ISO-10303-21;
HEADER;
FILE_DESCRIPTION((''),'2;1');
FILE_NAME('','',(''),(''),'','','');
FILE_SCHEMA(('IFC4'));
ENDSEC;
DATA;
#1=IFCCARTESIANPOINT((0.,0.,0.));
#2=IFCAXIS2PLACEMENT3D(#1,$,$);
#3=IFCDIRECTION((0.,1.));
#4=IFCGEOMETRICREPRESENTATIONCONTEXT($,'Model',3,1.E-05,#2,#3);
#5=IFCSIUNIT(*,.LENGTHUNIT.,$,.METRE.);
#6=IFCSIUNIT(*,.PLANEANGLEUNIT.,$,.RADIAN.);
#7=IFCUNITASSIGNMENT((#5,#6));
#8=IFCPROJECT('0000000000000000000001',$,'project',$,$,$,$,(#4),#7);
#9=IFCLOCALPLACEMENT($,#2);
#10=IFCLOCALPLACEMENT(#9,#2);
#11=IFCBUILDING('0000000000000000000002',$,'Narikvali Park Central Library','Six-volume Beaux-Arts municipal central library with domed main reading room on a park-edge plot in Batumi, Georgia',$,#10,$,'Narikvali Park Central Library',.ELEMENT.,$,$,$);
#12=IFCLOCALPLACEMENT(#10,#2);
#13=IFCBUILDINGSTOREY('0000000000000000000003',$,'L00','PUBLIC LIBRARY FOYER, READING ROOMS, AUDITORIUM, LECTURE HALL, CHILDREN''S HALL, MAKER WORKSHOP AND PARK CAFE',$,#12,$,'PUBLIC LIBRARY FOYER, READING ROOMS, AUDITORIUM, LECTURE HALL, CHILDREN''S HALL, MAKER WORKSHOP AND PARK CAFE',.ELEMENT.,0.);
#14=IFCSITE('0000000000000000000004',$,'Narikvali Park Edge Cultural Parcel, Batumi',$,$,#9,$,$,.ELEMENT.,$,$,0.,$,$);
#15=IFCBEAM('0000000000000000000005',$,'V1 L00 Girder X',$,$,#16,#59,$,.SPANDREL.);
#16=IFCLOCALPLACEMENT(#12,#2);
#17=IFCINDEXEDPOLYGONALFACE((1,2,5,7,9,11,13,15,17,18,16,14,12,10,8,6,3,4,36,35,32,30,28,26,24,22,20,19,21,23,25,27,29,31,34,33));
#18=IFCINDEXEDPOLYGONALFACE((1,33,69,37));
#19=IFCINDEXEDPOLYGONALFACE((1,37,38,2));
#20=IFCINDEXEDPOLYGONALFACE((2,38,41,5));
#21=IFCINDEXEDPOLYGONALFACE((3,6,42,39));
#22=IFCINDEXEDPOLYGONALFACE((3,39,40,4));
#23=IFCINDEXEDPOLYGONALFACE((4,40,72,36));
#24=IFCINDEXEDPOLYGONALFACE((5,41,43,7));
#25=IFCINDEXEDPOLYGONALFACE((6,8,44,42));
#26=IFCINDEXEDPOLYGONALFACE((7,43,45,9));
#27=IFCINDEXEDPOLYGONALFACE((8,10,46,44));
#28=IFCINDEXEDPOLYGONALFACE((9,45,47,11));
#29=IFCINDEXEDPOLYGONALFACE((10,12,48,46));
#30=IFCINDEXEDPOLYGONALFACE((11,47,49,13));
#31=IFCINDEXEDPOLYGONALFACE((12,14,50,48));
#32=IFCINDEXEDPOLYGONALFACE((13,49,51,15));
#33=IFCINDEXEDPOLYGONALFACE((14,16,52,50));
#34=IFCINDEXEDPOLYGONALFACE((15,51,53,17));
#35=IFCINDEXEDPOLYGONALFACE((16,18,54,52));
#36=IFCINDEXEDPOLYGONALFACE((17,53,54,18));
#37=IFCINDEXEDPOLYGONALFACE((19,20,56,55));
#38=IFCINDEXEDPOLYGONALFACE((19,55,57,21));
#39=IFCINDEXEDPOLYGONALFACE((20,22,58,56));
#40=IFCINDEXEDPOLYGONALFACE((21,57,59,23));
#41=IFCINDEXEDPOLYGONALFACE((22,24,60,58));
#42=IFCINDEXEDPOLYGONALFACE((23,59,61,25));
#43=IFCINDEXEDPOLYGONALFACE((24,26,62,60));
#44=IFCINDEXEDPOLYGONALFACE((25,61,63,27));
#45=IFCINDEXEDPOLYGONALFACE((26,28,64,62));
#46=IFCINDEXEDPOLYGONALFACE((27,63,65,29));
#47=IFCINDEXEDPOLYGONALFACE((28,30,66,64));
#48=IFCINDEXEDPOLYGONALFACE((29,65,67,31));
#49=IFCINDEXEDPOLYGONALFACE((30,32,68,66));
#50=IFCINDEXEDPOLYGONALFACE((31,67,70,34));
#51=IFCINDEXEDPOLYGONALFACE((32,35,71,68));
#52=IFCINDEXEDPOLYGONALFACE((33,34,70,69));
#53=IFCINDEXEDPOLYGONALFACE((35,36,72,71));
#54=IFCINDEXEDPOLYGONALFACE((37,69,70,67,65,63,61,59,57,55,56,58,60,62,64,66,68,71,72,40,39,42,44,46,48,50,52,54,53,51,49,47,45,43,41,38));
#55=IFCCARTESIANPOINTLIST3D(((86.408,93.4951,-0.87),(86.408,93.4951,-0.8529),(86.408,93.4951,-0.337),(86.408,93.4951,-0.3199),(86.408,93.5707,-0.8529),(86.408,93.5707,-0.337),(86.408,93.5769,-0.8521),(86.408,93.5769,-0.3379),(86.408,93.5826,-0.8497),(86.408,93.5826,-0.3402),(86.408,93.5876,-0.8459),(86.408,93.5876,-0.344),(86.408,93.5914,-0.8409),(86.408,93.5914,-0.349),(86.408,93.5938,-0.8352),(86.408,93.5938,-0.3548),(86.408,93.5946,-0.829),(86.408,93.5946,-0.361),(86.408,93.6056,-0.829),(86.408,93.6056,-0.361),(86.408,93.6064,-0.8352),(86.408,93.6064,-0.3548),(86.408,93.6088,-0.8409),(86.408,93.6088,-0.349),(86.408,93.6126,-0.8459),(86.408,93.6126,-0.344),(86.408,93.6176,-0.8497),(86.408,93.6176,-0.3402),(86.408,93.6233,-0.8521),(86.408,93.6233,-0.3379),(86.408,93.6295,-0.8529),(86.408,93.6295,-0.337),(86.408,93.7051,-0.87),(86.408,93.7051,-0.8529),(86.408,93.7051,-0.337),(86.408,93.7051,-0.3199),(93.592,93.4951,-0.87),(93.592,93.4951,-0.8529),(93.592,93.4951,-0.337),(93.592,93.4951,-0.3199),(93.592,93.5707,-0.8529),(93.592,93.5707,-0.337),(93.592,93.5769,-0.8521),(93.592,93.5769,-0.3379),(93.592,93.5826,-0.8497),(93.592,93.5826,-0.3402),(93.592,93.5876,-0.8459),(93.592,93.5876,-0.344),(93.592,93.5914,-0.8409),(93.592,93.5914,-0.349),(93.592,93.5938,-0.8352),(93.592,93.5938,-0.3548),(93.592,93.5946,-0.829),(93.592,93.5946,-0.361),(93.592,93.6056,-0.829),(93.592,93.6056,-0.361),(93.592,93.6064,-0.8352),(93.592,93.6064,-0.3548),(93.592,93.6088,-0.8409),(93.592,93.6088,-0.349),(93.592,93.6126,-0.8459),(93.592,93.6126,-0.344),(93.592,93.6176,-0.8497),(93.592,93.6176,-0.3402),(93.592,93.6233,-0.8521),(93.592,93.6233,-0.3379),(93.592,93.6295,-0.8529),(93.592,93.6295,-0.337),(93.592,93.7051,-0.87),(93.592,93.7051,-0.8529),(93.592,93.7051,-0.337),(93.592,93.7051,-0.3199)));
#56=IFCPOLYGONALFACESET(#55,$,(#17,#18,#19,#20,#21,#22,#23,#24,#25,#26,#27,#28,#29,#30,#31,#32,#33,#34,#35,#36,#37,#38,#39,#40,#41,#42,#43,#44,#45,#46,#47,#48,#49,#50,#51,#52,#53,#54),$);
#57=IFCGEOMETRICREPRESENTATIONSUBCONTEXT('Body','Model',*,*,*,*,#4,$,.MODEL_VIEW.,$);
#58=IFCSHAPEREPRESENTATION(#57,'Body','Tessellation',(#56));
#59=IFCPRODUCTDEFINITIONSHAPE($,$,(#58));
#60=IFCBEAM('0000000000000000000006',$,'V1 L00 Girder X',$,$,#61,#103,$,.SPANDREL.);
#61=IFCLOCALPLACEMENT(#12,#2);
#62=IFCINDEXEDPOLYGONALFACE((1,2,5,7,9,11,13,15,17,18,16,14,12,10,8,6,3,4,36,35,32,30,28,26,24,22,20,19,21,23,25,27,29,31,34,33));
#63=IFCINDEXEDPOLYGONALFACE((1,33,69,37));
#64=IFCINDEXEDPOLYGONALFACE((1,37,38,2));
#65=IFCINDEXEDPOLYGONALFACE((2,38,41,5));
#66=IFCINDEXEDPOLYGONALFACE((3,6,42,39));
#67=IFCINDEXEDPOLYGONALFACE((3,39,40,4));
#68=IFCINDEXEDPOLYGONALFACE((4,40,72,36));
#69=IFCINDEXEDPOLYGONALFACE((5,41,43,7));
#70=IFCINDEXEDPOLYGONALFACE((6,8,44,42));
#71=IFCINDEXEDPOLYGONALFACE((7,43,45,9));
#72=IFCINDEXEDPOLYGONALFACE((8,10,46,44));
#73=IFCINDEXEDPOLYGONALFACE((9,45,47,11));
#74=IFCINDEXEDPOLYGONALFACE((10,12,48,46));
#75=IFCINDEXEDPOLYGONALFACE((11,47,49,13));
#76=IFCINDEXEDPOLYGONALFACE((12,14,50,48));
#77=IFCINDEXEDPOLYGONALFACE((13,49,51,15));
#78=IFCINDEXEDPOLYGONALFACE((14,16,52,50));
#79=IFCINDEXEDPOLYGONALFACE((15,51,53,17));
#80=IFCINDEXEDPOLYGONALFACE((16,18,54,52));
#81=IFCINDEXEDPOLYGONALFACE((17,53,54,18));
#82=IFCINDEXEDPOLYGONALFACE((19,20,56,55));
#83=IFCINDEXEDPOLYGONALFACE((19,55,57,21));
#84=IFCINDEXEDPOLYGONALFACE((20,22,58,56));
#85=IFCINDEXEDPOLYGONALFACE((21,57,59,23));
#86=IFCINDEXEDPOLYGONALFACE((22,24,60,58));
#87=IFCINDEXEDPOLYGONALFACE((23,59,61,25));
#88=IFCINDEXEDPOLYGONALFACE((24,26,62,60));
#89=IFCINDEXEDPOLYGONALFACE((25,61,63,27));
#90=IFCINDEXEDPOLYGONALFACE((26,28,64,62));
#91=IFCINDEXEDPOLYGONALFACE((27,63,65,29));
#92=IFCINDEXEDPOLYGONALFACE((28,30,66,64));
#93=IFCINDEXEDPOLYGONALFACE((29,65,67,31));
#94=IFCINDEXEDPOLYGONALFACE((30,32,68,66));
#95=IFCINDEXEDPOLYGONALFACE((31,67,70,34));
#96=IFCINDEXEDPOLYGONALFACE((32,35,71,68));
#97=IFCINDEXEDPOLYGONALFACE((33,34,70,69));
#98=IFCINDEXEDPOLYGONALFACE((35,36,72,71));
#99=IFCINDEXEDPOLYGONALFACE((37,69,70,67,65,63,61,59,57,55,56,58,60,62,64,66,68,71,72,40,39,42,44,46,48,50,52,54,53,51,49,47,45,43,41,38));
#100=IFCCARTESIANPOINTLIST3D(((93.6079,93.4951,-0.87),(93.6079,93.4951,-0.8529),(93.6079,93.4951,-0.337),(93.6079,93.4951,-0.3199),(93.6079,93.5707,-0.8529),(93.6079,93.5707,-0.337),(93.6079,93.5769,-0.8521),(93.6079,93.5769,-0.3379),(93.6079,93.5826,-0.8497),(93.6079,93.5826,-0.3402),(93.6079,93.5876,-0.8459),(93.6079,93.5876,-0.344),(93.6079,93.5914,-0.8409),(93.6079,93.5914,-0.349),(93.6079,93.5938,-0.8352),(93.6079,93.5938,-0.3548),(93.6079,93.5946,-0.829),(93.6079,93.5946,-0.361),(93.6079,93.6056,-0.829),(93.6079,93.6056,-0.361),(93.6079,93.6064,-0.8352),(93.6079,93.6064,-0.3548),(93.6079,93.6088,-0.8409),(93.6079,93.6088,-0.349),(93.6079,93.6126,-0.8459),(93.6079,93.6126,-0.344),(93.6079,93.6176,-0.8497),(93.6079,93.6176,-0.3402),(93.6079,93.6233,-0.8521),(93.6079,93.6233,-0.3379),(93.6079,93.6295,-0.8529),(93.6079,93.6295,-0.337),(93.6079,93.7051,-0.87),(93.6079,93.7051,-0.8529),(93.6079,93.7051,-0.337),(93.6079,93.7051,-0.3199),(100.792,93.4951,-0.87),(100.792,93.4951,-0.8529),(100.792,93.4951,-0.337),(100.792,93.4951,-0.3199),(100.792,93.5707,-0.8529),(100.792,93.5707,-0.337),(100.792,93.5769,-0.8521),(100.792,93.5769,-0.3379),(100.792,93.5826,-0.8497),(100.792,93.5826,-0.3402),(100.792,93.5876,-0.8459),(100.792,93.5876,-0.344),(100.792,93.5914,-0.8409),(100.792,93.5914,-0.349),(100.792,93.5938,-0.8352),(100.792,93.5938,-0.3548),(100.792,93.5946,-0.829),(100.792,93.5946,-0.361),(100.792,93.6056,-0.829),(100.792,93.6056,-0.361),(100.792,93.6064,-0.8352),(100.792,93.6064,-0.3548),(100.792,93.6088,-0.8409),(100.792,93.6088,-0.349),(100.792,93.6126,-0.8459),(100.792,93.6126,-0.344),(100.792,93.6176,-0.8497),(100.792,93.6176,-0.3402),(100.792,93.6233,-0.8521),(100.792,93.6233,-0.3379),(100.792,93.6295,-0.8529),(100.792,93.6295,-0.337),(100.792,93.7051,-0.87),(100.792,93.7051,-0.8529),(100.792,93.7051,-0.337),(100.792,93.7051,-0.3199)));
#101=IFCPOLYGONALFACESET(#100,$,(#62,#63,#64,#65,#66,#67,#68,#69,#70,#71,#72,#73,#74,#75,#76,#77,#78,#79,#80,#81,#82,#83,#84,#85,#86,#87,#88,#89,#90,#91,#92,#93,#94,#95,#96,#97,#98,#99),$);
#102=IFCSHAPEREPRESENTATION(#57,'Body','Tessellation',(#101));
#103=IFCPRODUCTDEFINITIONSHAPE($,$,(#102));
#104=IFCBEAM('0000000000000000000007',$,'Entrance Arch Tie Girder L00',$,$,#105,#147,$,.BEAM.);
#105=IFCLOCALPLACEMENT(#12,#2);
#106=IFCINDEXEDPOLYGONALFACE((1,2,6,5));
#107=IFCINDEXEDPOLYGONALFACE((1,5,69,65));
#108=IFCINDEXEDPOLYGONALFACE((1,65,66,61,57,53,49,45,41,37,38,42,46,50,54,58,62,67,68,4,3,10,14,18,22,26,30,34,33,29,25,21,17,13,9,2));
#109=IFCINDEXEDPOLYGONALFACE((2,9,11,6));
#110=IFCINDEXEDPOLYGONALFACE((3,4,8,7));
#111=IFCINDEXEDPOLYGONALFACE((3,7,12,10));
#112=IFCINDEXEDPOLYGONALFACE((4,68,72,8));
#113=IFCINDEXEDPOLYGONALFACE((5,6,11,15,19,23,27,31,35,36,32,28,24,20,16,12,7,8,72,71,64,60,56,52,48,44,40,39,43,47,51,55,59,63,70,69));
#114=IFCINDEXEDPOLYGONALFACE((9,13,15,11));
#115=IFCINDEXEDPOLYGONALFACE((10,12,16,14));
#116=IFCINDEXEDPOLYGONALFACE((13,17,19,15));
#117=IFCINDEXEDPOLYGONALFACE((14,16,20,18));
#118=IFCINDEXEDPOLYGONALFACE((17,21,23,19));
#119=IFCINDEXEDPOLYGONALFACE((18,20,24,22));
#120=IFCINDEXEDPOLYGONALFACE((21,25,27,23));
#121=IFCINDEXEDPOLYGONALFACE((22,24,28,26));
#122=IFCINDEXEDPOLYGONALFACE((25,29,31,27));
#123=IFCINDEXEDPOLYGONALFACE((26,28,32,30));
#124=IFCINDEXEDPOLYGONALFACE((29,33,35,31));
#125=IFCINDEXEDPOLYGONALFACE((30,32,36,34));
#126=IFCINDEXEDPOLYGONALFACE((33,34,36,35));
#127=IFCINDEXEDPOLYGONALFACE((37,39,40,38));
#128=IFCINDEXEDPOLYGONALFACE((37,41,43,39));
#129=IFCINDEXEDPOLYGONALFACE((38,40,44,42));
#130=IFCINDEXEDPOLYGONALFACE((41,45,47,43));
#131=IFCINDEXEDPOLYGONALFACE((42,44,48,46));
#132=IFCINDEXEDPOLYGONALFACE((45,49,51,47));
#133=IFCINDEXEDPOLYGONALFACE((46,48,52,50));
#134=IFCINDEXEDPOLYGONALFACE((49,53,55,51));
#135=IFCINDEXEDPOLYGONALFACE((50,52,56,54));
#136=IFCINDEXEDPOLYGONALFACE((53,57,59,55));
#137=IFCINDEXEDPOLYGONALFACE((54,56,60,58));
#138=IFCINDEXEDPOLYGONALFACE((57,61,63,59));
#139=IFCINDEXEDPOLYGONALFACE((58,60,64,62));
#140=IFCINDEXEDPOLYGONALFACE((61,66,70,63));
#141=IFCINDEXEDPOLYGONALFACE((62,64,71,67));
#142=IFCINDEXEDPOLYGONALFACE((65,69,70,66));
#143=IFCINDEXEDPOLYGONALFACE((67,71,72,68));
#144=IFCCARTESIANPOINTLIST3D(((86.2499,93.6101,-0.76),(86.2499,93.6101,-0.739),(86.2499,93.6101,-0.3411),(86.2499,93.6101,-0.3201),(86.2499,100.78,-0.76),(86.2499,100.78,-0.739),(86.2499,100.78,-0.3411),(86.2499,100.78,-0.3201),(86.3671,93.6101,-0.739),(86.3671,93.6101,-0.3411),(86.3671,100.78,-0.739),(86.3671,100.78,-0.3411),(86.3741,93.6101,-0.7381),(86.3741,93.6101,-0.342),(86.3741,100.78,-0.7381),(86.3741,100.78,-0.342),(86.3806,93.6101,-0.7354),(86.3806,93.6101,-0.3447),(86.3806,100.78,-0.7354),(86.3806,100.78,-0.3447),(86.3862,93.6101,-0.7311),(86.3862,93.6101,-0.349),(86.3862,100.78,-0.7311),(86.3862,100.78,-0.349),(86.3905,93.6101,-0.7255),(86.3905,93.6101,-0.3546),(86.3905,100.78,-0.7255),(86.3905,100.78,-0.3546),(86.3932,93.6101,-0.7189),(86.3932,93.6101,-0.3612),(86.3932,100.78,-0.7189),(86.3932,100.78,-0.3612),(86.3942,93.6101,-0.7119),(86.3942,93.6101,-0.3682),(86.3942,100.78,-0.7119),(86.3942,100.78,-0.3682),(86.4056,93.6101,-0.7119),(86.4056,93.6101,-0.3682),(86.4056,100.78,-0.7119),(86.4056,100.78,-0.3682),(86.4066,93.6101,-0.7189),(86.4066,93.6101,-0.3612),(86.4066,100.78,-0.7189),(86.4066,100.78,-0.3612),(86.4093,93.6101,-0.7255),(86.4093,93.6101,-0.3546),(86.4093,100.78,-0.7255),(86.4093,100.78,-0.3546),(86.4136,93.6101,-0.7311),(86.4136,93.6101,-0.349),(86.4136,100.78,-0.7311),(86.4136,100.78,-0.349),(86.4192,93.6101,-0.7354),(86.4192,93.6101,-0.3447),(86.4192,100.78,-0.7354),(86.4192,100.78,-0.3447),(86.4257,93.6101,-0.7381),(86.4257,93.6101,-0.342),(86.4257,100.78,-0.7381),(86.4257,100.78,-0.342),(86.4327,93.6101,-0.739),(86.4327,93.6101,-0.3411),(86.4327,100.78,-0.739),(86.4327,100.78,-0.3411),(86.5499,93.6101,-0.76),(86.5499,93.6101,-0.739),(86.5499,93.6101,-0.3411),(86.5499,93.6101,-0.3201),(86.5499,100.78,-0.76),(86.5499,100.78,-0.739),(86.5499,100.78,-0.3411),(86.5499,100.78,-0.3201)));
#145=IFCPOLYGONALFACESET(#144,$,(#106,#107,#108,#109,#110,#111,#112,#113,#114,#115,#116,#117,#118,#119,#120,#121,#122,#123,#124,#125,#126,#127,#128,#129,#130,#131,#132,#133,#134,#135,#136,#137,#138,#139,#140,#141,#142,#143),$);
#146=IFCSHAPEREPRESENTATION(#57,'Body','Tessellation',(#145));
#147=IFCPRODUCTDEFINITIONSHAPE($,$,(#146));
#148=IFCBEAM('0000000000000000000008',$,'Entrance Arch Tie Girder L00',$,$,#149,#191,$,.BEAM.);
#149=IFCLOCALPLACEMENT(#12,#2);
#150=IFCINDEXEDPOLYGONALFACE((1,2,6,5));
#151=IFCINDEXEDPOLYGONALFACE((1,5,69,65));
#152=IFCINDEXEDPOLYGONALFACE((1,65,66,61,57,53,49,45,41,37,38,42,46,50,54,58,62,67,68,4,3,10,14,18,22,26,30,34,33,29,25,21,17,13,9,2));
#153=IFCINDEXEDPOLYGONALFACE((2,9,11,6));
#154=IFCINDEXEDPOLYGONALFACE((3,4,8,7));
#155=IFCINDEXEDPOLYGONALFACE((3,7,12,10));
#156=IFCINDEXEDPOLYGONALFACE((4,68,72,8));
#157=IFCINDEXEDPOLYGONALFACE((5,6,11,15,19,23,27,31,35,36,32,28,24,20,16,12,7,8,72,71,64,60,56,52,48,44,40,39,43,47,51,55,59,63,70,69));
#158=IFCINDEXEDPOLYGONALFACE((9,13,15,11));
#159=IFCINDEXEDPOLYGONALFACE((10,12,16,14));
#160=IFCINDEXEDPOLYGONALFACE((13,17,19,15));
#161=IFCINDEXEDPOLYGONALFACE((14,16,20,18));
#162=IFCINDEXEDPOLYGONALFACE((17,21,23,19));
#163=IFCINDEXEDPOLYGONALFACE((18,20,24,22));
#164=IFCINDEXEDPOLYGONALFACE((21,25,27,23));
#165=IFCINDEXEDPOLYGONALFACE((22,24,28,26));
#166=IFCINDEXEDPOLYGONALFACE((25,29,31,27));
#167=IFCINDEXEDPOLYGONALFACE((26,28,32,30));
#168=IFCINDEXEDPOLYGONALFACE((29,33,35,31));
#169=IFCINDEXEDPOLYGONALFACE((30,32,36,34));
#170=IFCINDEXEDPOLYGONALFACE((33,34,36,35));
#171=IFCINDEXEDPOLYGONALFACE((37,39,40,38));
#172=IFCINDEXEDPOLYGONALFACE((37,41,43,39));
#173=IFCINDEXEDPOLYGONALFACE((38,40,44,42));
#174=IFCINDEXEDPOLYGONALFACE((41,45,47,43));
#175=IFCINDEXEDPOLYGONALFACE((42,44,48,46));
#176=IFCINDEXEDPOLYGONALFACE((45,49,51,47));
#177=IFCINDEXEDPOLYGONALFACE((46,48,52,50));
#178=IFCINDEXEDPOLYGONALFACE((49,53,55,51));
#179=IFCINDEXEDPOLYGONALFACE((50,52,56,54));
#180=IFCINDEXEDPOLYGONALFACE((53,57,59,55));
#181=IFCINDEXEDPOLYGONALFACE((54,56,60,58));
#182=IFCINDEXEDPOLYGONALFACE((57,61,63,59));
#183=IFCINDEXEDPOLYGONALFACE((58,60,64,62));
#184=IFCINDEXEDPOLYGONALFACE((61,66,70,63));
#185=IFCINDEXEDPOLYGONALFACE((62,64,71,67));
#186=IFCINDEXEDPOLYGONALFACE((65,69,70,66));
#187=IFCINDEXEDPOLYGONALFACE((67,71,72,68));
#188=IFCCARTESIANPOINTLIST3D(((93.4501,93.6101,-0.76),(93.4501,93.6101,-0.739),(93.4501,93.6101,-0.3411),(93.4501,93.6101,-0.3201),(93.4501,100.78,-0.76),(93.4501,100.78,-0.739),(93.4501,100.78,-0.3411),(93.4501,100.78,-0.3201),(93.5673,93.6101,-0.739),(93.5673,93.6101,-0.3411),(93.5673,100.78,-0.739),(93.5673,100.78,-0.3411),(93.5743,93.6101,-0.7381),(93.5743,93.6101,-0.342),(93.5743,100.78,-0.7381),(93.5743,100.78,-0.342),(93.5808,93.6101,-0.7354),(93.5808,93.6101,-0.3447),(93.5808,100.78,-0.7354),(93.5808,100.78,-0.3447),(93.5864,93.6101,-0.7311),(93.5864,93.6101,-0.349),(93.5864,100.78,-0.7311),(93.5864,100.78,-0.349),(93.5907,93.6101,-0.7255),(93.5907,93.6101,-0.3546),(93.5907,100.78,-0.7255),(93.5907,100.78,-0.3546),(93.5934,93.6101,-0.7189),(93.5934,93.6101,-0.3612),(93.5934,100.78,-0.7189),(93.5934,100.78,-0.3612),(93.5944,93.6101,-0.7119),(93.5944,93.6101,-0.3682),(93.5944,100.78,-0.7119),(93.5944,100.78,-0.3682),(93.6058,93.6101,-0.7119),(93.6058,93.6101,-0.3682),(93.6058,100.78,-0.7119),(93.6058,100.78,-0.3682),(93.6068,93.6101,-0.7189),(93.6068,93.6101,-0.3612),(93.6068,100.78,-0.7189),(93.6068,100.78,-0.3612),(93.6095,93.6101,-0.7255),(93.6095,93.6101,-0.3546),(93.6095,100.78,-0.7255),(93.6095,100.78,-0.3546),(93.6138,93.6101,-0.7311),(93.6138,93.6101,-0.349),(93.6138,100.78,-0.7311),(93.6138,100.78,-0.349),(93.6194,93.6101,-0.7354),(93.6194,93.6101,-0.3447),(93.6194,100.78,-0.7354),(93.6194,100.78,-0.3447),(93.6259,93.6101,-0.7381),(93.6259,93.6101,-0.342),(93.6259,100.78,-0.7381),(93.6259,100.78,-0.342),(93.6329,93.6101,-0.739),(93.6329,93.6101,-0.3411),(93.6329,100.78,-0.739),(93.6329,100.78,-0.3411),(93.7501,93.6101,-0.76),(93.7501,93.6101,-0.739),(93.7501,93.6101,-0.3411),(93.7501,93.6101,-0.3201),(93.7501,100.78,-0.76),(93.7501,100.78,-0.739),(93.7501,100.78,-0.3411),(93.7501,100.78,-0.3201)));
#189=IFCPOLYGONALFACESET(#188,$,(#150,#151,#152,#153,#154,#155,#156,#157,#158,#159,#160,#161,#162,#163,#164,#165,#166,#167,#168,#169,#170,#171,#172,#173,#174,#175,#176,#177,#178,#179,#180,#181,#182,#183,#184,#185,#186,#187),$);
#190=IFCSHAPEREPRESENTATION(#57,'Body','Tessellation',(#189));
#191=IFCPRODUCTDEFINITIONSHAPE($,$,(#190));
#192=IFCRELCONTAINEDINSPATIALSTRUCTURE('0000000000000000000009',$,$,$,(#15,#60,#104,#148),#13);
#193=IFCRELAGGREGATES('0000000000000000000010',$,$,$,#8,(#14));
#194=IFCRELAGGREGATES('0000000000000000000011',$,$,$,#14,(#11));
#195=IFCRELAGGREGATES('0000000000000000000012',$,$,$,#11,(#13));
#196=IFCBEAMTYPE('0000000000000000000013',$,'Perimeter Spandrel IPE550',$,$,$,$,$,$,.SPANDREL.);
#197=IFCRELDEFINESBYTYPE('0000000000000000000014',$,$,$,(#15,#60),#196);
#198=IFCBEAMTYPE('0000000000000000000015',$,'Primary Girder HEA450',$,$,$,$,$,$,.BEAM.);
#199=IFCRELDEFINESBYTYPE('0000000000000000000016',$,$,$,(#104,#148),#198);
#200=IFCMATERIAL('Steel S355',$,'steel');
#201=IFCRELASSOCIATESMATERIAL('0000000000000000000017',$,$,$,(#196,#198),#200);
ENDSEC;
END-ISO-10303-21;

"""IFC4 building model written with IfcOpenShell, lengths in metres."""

from ifc_helpers import new_model, si_unit, direction, frame, origin, origin_2d, place, context, subcontext, project, spatial, i_section, extrude, material, material_profile, profile_set, type_object, element, save


model = new_model("IFC4")

# Units and contexts
model_context = context("Model", 3, precision=1e-05, world=origin(), true_north=direction((0.0, 1.0)))
body_context = subcontext(model_context, "Body", "Model", "MODEL_VIEW")
ifc_project = project(units=[si_unit("LENGTHUNIT", "METRE"), si_unit("PLANEANGLEUNIT", "RADIAN")], contexts=[model_context])

# Site, building, storey
site_placement = place(None, origin())
site = spatial("IfcSite", under=ifc_project, at=site_placement, Name="Narikvali Park Edge Cultural Parcel, Batumi", CompositionType="ELEMENT", RefElevation=0.0)
building_placement = place(site_placement, origin())
building = spatial("IfcBuilding", under=site, at=building_placement, Name="Narikvali Park Central Library", Description="Six-volume Beaux-Arts municipal central library with domed main reading room on a park-edge plot in Batumi, Georgia", LongName="Narikvali Park Central Library", CompositionType="ELEMENT")
storey_placement = place(building_placement, origin())
storey = spatial("IfcBuildingStorey", under=building, at=storey_placement, Name="L00", Description="PUBLIC LIBRARY FOYER, READING ROOMS, AUDITORIUM, LECTURE HALL, CHILDREN'S HALL, MAKER WORKSHOP AND PARK CAFE", LongName="PUBLIC LIBRARY FOYER, READING ROOMS, AUDITORIUM, LECTURE HALL, CHILDREN'S HALL, MAKER WORKSHOP AND PARK CAFE", CompositionType="ELEMENT", Elevation=0.0)

# Shared definitions
ifc_material_1 = material(Name="Steel S355", Category="steel")

# Beams
ifc_material_profile_1 = material_profile(ifc_material_1, i_section(OverallWidth=0.21, OverallDepth=0.55, WebThickness=0.011, FlangeThickness=0.0171, FilletRadius=0.0239, at=origin_2d()), Name="IPE 550")
ifc_profile_set_1 = profile_set([ifc_material_profile_1], Name="Steel S355")
beam_type_1 = type_object("IfcBeamType", Name="Perimeter Spandrel IPE550", PredefinedType="SPANDREL", material=ifc_profile_set_1)
for number, where, z_axis, x_axis, name in (
    (1, (86.408, 93.6001, -0.595), (1.0, 0.0, 0.0), (0.0, 1.0, 0.0), "V1 L00 Girder X"),
    (2, (93.6079, 93.6001, -0.595), (1.0, 0.0, 0.0), (0.0, 1.0, 0.0), "V1 L00 Girder X"),
):
    element("IfcBeam", number, at=place(storey_placement, frame(where, z_axis=z_axis, x_axis=x_axis)), inside=storey, type_object=beam_type_1, Name=name, PredefinedType="SPANDREL", context=body_context, shape_type="SweptSolid", body=[
        extrude(i_section(OverallWidth=0.21, OverallDepth=0.55, WebThickness=0.011, FlangeThickness=0.0171, FilletRadius=0.0239, at=origin_2d()), origin(), (0.0, 0.0, 1.0), 7.1841),
    ])
ifc_material_profile_2 = material_profile(ifc_material_1, i_section(OverallWidth=0.3, OverallDepth=0.4399, WebThickness=0.0115, FlangeThickness=0.021, FilletRadius=0.0271, at=origin_2d()), Name="HEA 450")
ifc_profile_set_2 = profile_set([ifc_material_profile_2], Name="Steel S355")
beam_type_2 = type_object("IfcBeamType", Name="Primary Girder HEA450", PredefinedType="BEAM", material=ifc_profile_set_2)
for number, where, z_axis, x_axis, name in (
    (3, (86.3999, 93.6101, -0.54), (0.0, 1.0, 0.0), (-1.0, 0.0, 0.0), "Entrance Arch Tie Girder L00"),
    (4, (93.6001, 93.6101, -0.54), (0.0, 1.0, 0.0), (-1.0, 0.0, 0.0), "Entrance Arch Tie Girder L00"),
):
    element("IfcBeam", number, at=place(storey_placement, frame(where, z_axis=z_axis, x_axis=x_axis)), inside=storey, type_object=beam_type_2, Name=name, PredefinedType="BEAM", context=body_context, shape_type="SweptSolid", body=[
        extrude(i_section(OverallWidth=0.3, OverallDepth=0.4399, WebThickness=0.0115, FlangeThickness=0.021, FilletRadius=0.0271, at=origin_2d()), origin(), (0.0, 0.0, 1.0), 7.1699),
    ])

save(model, "model.ifc")
